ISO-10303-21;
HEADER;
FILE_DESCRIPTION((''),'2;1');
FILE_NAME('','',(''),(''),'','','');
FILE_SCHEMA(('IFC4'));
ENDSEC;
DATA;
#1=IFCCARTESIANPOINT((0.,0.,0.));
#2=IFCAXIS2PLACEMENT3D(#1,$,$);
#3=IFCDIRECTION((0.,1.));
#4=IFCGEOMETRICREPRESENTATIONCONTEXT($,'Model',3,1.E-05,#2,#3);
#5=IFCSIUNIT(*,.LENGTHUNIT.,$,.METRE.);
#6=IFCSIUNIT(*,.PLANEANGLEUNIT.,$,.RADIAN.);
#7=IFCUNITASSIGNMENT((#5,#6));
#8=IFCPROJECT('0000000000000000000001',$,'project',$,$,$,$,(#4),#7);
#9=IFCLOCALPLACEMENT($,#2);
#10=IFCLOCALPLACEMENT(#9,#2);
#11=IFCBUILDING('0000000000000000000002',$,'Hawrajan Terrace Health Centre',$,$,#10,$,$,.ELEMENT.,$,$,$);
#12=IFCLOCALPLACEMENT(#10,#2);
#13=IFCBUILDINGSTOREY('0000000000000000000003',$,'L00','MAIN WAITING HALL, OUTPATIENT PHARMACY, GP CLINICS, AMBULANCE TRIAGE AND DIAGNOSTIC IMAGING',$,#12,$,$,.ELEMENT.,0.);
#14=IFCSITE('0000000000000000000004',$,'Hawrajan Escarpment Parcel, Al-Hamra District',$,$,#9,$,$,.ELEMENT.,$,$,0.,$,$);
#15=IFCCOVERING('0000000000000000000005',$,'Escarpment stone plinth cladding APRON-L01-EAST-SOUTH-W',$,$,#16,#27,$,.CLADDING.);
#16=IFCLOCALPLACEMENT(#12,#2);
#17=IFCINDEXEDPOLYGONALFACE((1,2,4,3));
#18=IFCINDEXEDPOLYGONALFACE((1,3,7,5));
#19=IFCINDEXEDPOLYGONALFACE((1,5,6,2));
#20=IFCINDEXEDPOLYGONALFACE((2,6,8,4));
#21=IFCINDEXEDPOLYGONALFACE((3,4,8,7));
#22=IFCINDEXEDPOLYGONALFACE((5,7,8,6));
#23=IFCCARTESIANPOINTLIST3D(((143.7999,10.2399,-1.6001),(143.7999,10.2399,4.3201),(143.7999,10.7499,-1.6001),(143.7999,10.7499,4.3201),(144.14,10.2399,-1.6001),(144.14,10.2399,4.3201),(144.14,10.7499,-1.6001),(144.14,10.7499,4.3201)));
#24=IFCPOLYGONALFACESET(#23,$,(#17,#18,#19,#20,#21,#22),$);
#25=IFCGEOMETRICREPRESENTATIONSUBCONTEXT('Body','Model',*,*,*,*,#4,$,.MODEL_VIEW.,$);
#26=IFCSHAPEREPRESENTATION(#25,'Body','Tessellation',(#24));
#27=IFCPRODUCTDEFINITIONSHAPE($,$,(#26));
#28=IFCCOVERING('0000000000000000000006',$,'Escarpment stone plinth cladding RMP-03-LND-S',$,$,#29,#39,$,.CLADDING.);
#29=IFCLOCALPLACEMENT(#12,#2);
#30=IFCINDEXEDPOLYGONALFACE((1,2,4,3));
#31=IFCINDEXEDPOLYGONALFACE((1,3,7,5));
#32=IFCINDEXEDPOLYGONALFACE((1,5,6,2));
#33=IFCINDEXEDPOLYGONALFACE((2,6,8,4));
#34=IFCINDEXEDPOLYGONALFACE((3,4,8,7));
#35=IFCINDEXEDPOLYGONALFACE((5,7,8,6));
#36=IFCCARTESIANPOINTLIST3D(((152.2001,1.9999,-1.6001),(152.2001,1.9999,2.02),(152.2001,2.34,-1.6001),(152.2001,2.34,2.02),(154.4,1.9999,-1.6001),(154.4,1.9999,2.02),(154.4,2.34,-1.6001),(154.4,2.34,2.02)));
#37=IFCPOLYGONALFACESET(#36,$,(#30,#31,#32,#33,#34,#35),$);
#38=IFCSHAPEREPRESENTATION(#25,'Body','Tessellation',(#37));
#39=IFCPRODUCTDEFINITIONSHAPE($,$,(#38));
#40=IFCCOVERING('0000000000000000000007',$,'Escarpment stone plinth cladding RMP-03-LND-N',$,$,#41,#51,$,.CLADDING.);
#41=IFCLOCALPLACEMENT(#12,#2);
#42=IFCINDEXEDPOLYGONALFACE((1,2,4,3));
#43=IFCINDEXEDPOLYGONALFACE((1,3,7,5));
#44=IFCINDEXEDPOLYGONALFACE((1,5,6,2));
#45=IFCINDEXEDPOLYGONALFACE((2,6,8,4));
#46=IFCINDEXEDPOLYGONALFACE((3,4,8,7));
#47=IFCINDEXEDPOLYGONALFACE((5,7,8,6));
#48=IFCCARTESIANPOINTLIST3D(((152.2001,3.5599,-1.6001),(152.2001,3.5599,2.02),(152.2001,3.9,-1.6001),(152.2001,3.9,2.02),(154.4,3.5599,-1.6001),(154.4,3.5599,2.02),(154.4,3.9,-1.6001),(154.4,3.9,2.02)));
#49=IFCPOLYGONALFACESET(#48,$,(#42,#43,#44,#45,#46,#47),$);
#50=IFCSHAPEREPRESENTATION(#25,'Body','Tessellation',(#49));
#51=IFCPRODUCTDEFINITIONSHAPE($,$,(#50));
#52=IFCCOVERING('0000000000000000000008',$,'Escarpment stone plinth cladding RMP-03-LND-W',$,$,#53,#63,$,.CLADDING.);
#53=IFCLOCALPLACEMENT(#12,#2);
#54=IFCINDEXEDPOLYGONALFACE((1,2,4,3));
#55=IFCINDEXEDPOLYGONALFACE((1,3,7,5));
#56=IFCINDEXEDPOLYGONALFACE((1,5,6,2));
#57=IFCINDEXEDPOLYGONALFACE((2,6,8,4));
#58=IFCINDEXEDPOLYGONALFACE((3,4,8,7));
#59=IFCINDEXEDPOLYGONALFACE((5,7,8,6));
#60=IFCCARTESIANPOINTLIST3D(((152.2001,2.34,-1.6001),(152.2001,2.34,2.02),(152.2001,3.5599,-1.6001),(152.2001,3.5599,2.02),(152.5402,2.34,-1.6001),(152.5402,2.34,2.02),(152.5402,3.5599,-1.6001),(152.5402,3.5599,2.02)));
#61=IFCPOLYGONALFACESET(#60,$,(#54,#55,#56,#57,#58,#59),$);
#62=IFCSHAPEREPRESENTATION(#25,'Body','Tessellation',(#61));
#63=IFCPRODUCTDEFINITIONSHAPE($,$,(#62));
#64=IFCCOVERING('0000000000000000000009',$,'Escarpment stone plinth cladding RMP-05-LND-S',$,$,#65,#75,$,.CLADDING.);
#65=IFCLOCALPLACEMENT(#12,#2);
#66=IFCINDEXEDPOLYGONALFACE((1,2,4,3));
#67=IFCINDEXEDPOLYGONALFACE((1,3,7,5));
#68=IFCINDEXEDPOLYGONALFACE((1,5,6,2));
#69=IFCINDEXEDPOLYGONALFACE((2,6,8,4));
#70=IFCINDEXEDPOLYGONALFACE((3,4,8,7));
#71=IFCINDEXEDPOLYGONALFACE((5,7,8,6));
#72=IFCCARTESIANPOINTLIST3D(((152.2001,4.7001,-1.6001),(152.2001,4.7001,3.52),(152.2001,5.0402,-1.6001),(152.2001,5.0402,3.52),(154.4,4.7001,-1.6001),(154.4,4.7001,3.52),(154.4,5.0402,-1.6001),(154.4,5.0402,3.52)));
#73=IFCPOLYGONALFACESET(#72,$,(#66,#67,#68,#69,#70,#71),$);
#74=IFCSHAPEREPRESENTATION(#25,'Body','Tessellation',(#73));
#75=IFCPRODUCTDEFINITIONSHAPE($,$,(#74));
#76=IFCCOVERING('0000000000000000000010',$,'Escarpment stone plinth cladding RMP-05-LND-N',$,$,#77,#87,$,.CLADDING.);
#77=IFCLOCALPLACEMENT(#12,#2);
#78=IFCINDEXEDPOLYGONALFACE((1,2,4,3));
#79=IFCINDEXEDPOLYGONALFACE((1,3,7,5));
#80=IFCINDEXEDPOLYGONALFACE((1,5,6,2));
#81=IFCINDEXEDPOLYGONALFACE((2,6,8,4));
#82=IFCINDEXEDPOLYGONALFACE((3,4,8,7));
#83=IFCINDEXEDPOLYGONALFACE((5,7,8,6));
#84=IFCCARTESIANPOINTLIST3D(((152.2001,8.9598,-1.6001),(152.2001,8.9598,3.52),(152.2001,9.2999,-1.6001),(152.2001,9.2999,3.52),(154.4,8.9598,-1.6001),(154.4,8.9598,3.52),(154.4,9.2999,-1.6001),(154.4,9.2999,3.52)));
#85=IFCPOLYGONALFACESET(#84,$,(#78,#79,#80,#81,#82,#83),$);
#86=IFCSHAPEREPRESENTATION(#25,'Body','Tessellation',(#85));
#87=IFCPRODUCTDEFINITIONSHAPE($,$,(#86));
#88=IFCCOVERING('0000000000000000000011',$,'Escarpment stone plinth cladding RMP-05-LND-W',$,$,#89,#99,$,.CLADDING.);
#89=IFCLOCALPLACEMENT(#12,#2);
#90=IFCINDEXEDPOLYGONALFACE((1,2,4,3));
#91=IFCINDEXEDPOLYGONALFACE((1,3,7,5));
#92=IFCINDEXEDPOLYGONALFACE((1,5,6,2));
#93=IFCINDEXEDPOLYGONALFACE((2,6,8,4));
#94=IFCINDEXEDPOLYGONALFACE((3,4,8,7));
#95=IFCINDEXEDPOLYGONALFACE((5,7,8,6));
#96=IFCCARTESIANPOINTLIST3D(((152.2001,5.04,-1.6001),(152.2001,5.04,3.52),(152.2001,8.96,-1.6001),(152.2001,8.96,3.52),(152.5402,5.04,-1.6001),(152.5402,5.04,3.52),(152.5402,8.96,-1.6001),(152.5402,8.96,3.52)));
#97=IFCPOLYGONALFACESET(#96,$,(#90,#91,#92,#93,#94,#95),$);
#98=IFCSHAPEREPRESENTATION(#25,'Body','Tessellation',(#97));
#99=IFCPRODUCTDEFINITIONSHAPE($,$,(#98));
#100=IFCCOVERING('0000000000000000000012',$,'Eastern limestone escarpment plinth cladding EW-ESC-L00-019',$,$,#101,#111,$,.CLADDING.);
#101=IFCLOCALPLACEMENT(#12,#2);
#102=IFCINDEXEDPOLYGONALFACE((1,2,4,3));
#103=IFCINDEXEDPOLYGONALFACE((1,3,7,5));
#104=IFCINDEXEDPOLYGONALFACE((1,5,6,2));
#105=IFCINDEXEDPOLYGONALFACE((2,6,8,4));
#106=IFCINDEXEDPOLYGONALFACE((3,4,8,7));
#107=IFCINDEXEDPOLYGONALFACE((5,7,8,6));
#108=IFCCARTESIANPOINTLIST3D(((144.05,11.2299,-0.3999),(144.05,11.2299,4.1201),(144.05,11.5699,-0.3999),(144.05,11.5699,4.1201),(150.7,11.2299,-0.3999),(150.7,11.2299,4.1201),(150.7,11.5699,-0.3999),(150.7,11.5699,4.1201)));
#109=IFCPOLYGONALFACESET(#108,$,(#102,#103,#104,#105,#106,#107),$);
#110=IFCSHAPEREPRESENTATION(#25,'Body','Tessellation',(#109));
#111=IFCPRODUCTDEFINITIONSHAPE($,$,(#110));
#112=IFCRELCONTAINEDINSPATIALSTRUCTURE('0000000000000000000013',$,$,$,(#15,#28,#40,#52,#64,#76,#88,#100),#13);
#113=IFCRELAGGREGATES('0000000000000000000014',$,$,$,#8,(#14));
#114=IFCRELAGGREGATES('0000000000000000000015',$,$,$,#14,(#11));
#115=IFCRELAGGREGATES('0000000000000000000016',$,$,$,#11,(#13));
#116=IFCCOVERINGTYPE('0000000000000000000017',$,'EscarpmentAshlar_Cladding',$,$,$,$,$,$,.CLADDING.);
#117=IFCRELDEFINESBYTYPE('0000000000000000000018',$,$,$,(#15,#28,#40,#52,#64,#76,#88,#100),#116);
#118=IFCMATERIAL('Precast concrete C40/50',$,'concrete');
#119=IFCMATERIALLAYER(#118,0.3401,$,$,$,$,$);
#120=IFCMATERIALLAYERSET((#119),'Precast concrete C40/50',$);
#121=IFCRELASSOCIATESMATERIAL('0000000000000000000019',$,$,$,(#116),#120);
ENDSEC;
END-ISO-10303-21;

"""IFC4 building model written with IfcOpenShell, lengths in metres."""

from ifc_helpers import new_model, si_unit, direction, frame, frame_2d, origin, place, context, subcontext, project, spatial, rectangle, extrude, material, layer, layer_set, type_object, element, save


model = new_model("IFC4")

# Units and contexts
model_context = context("Model", 3, precision=1e-05, world=origin(), true_north=direction((0.0, 1.0)))
body_context = subcontext(model_context, "Body", "Model", "MODEL_VIEW")
ifc_project = project(units=[si_unit("LENGTHUNIT", "METRE"), si_unit("PLANEANGLEUNIT", "RADIAN")], contexts=[model_context])

# Site, building, storey
site_placement = place(None, origin())
site = spatial("IfcSite", under=ifc_project, at=site_placement, Name="Hawrajan Escarpment Parcel, Al-Hamra District", CompositionType="ELEMENT", RefElevation=0.0)
building_placement = place(site_placement, origin())
building = spatial("IfcBuilding", under=site, at=building_placement, Name="Hawrajan Terrace Health Centre", CompositionType="ELEMENT")
storey_placement = place(building_placement, origin())
storey = spatial("IfcBuildingStorey", under=building, at=storey_placement, Name="L00", Description="MAIN WAITING HALL, OUTPATIENT PHARMACY, GP CLINICS, AMBULANCE TRIAGE AND DIAGNOSTIC IMAGING", CompositionType="ELEMENT", Elevation=0.0)

# Coverings
ifc_material_1 = material(Name="Precast concrete C40/50", Category="concrete")
ifc_layer_1 = layer(ifc_material_1, 0.3401)
ifc_layer_set_1 = layer_set([ifc_layer_1], Name="Precast concrete C40/50")
covering_type = type_object("IfcCoveringType", Name="EscarpmentAshlar_Cladding", PredefinedType="CLADDING", material=ifc_layer_set_1)
covering_1_placement = place(storey_placement, frame((143.97, 10.24, -1.6001), z_axis=(0.0, 0.0, 1.0), x_axis=(0.0, 1.0, 0.0)))
element("IfcCovering", 1, at=covering_1_placement, inside=storey, type_object=covering_type, Name="Escarpment stone plinth cladding APRON-L01-EAST-SOUTH-W", PredefinedType="CLADDING", context=body_context, shape_type="SweptSolid", body=[
    extrude(rectangle(XDim=0.51, YDim=0.3401, at=frame_2d((0.2549, 0.0))), origin(), (0.0, 0.0, 1.0), 5.9202),
])
for number, where, z_axis, x_axis, name in (
    (2, (152.2, 2.1699, -1.6001), (0.0, 0.0, 1.0), (1.0, 0.0, 0.0), "Escarpment stone plinth cladding RMP-03-LND-S"),
    (3, (152.2, 3.73, -1.6001), (0.0, 0.0, 1.0), (1.0, 0.0, 0.0), "Escarpment stone plinth cladding RMP-03-LND-N"),
):
    element("IfcCovering", number, at=place(storey_placement, frame(where, z_axis=z_axis, x_axis=x_axis)), inside=storey, type_object=covering_type, Name=name, PredefinedType="CLADDING", context=body_context, shape_type="SweptSolid", body=[
        extrude(rectangle(XDim=2.2, YDim=0.3401, at=frame_2d((1.1001, 0.0))), origin(), (0.0, 0.0, 1.0), 3.6201),
    ])
covering_2_placement = place(storey_placement, frame((152.3701, 2.3401, -1.6001), z_axis=(0.0, 0.0, 1.0), x_axis=(0.0, 1.0, 0.0)))
element("IfcCovering", 4, at=covering_2_placement, inside=storey, type_object=covering_type, Name="Escarpment stone plinth cladding RMP-03-LND-W", PredefinedType="CLADDING", context=body_context, shape_type="SweptSolid", body=[
    extrude(rectangle(XDim=1.22, YDim=0.3401, at=frame_2d((0.6099, 0.0))), origin(), (0.0, 0.0, 1.0), 3.6201),
])
for number, where, z_axis, x_axis, name in (
    (5, (152.2, 4.8701, -1.6001), (0.0, 0.0, 1.0), (1.0, 0.0, 0.0), "Escarpment stone plinth cladding RMP-05-LND-S"),
    (6, (152.2, 9.1299, -1.6001), (0.0, 0.0, 1.0), (1.0, 0.0, 0.0), "Escarpment stone plinth cladding RMP-05-LND-N"),
):
    element("IfcCovering", number, at=place(storey_placement, frame(where, z_axis=z_axis, x_axis=x_axis)), inside=storey, type_object=covering_type, Name=name, PredefinedType="CLADDING", context=body_context, shape_type="SweptSolid", body=[
        extrude(rectangle(XDim=2.2, YDim=0.3401, at=frame_2d((1.1001, 0.0))), origin(), (0.0, 0.0, 1.0), 5.1201),
    ])
covering_3_placement = place(storey_placement, frame((152.3701, 5.04, -1.6001), z_axis=(0.0, 0.0, 1.0), x_axis=(0.0, 1.0, 0.0)))
element("IfcCovering", 7, at=covering_3_placement, inside=storey, type_object=covering_type, Name="Escarpment stone plinth cladding RMP-05-LND-W", PredefinedType="CLADDING", context=body_context, shape_type="SweptSolid", body=[
    extrude(rectangle(XDim=3.9199, YDim=0.3401, at=frame_2d((1.96, 0.0))), origin(), (0.0, 0.0, 1.0), 5.1201),
])
covering_4_placement = place(storey_placement, frame((144.05, 11.3999, -0.3999), z_axis=(0.0, 0.0, 1.0), x_axis=(1.0, 0.0, 0.0)))
element("IfcCovering", 8, at=covering_4_placement, inside=storey, type_object=covering_type, Name="Eastern limestone escarpment plinth cladding EW-ESC-L00-019", PredefinedType="CLADDING", context=body_context, shape_type="SweptSolid", body=[
    extrude(rectangle(XDim=6.6499, YDim=0.3401, at=frame_2d((3.325, 0.0))), origin(), (0.0, 0.0, 1.0), 4.52),
])

save(model, "model.ifc")
